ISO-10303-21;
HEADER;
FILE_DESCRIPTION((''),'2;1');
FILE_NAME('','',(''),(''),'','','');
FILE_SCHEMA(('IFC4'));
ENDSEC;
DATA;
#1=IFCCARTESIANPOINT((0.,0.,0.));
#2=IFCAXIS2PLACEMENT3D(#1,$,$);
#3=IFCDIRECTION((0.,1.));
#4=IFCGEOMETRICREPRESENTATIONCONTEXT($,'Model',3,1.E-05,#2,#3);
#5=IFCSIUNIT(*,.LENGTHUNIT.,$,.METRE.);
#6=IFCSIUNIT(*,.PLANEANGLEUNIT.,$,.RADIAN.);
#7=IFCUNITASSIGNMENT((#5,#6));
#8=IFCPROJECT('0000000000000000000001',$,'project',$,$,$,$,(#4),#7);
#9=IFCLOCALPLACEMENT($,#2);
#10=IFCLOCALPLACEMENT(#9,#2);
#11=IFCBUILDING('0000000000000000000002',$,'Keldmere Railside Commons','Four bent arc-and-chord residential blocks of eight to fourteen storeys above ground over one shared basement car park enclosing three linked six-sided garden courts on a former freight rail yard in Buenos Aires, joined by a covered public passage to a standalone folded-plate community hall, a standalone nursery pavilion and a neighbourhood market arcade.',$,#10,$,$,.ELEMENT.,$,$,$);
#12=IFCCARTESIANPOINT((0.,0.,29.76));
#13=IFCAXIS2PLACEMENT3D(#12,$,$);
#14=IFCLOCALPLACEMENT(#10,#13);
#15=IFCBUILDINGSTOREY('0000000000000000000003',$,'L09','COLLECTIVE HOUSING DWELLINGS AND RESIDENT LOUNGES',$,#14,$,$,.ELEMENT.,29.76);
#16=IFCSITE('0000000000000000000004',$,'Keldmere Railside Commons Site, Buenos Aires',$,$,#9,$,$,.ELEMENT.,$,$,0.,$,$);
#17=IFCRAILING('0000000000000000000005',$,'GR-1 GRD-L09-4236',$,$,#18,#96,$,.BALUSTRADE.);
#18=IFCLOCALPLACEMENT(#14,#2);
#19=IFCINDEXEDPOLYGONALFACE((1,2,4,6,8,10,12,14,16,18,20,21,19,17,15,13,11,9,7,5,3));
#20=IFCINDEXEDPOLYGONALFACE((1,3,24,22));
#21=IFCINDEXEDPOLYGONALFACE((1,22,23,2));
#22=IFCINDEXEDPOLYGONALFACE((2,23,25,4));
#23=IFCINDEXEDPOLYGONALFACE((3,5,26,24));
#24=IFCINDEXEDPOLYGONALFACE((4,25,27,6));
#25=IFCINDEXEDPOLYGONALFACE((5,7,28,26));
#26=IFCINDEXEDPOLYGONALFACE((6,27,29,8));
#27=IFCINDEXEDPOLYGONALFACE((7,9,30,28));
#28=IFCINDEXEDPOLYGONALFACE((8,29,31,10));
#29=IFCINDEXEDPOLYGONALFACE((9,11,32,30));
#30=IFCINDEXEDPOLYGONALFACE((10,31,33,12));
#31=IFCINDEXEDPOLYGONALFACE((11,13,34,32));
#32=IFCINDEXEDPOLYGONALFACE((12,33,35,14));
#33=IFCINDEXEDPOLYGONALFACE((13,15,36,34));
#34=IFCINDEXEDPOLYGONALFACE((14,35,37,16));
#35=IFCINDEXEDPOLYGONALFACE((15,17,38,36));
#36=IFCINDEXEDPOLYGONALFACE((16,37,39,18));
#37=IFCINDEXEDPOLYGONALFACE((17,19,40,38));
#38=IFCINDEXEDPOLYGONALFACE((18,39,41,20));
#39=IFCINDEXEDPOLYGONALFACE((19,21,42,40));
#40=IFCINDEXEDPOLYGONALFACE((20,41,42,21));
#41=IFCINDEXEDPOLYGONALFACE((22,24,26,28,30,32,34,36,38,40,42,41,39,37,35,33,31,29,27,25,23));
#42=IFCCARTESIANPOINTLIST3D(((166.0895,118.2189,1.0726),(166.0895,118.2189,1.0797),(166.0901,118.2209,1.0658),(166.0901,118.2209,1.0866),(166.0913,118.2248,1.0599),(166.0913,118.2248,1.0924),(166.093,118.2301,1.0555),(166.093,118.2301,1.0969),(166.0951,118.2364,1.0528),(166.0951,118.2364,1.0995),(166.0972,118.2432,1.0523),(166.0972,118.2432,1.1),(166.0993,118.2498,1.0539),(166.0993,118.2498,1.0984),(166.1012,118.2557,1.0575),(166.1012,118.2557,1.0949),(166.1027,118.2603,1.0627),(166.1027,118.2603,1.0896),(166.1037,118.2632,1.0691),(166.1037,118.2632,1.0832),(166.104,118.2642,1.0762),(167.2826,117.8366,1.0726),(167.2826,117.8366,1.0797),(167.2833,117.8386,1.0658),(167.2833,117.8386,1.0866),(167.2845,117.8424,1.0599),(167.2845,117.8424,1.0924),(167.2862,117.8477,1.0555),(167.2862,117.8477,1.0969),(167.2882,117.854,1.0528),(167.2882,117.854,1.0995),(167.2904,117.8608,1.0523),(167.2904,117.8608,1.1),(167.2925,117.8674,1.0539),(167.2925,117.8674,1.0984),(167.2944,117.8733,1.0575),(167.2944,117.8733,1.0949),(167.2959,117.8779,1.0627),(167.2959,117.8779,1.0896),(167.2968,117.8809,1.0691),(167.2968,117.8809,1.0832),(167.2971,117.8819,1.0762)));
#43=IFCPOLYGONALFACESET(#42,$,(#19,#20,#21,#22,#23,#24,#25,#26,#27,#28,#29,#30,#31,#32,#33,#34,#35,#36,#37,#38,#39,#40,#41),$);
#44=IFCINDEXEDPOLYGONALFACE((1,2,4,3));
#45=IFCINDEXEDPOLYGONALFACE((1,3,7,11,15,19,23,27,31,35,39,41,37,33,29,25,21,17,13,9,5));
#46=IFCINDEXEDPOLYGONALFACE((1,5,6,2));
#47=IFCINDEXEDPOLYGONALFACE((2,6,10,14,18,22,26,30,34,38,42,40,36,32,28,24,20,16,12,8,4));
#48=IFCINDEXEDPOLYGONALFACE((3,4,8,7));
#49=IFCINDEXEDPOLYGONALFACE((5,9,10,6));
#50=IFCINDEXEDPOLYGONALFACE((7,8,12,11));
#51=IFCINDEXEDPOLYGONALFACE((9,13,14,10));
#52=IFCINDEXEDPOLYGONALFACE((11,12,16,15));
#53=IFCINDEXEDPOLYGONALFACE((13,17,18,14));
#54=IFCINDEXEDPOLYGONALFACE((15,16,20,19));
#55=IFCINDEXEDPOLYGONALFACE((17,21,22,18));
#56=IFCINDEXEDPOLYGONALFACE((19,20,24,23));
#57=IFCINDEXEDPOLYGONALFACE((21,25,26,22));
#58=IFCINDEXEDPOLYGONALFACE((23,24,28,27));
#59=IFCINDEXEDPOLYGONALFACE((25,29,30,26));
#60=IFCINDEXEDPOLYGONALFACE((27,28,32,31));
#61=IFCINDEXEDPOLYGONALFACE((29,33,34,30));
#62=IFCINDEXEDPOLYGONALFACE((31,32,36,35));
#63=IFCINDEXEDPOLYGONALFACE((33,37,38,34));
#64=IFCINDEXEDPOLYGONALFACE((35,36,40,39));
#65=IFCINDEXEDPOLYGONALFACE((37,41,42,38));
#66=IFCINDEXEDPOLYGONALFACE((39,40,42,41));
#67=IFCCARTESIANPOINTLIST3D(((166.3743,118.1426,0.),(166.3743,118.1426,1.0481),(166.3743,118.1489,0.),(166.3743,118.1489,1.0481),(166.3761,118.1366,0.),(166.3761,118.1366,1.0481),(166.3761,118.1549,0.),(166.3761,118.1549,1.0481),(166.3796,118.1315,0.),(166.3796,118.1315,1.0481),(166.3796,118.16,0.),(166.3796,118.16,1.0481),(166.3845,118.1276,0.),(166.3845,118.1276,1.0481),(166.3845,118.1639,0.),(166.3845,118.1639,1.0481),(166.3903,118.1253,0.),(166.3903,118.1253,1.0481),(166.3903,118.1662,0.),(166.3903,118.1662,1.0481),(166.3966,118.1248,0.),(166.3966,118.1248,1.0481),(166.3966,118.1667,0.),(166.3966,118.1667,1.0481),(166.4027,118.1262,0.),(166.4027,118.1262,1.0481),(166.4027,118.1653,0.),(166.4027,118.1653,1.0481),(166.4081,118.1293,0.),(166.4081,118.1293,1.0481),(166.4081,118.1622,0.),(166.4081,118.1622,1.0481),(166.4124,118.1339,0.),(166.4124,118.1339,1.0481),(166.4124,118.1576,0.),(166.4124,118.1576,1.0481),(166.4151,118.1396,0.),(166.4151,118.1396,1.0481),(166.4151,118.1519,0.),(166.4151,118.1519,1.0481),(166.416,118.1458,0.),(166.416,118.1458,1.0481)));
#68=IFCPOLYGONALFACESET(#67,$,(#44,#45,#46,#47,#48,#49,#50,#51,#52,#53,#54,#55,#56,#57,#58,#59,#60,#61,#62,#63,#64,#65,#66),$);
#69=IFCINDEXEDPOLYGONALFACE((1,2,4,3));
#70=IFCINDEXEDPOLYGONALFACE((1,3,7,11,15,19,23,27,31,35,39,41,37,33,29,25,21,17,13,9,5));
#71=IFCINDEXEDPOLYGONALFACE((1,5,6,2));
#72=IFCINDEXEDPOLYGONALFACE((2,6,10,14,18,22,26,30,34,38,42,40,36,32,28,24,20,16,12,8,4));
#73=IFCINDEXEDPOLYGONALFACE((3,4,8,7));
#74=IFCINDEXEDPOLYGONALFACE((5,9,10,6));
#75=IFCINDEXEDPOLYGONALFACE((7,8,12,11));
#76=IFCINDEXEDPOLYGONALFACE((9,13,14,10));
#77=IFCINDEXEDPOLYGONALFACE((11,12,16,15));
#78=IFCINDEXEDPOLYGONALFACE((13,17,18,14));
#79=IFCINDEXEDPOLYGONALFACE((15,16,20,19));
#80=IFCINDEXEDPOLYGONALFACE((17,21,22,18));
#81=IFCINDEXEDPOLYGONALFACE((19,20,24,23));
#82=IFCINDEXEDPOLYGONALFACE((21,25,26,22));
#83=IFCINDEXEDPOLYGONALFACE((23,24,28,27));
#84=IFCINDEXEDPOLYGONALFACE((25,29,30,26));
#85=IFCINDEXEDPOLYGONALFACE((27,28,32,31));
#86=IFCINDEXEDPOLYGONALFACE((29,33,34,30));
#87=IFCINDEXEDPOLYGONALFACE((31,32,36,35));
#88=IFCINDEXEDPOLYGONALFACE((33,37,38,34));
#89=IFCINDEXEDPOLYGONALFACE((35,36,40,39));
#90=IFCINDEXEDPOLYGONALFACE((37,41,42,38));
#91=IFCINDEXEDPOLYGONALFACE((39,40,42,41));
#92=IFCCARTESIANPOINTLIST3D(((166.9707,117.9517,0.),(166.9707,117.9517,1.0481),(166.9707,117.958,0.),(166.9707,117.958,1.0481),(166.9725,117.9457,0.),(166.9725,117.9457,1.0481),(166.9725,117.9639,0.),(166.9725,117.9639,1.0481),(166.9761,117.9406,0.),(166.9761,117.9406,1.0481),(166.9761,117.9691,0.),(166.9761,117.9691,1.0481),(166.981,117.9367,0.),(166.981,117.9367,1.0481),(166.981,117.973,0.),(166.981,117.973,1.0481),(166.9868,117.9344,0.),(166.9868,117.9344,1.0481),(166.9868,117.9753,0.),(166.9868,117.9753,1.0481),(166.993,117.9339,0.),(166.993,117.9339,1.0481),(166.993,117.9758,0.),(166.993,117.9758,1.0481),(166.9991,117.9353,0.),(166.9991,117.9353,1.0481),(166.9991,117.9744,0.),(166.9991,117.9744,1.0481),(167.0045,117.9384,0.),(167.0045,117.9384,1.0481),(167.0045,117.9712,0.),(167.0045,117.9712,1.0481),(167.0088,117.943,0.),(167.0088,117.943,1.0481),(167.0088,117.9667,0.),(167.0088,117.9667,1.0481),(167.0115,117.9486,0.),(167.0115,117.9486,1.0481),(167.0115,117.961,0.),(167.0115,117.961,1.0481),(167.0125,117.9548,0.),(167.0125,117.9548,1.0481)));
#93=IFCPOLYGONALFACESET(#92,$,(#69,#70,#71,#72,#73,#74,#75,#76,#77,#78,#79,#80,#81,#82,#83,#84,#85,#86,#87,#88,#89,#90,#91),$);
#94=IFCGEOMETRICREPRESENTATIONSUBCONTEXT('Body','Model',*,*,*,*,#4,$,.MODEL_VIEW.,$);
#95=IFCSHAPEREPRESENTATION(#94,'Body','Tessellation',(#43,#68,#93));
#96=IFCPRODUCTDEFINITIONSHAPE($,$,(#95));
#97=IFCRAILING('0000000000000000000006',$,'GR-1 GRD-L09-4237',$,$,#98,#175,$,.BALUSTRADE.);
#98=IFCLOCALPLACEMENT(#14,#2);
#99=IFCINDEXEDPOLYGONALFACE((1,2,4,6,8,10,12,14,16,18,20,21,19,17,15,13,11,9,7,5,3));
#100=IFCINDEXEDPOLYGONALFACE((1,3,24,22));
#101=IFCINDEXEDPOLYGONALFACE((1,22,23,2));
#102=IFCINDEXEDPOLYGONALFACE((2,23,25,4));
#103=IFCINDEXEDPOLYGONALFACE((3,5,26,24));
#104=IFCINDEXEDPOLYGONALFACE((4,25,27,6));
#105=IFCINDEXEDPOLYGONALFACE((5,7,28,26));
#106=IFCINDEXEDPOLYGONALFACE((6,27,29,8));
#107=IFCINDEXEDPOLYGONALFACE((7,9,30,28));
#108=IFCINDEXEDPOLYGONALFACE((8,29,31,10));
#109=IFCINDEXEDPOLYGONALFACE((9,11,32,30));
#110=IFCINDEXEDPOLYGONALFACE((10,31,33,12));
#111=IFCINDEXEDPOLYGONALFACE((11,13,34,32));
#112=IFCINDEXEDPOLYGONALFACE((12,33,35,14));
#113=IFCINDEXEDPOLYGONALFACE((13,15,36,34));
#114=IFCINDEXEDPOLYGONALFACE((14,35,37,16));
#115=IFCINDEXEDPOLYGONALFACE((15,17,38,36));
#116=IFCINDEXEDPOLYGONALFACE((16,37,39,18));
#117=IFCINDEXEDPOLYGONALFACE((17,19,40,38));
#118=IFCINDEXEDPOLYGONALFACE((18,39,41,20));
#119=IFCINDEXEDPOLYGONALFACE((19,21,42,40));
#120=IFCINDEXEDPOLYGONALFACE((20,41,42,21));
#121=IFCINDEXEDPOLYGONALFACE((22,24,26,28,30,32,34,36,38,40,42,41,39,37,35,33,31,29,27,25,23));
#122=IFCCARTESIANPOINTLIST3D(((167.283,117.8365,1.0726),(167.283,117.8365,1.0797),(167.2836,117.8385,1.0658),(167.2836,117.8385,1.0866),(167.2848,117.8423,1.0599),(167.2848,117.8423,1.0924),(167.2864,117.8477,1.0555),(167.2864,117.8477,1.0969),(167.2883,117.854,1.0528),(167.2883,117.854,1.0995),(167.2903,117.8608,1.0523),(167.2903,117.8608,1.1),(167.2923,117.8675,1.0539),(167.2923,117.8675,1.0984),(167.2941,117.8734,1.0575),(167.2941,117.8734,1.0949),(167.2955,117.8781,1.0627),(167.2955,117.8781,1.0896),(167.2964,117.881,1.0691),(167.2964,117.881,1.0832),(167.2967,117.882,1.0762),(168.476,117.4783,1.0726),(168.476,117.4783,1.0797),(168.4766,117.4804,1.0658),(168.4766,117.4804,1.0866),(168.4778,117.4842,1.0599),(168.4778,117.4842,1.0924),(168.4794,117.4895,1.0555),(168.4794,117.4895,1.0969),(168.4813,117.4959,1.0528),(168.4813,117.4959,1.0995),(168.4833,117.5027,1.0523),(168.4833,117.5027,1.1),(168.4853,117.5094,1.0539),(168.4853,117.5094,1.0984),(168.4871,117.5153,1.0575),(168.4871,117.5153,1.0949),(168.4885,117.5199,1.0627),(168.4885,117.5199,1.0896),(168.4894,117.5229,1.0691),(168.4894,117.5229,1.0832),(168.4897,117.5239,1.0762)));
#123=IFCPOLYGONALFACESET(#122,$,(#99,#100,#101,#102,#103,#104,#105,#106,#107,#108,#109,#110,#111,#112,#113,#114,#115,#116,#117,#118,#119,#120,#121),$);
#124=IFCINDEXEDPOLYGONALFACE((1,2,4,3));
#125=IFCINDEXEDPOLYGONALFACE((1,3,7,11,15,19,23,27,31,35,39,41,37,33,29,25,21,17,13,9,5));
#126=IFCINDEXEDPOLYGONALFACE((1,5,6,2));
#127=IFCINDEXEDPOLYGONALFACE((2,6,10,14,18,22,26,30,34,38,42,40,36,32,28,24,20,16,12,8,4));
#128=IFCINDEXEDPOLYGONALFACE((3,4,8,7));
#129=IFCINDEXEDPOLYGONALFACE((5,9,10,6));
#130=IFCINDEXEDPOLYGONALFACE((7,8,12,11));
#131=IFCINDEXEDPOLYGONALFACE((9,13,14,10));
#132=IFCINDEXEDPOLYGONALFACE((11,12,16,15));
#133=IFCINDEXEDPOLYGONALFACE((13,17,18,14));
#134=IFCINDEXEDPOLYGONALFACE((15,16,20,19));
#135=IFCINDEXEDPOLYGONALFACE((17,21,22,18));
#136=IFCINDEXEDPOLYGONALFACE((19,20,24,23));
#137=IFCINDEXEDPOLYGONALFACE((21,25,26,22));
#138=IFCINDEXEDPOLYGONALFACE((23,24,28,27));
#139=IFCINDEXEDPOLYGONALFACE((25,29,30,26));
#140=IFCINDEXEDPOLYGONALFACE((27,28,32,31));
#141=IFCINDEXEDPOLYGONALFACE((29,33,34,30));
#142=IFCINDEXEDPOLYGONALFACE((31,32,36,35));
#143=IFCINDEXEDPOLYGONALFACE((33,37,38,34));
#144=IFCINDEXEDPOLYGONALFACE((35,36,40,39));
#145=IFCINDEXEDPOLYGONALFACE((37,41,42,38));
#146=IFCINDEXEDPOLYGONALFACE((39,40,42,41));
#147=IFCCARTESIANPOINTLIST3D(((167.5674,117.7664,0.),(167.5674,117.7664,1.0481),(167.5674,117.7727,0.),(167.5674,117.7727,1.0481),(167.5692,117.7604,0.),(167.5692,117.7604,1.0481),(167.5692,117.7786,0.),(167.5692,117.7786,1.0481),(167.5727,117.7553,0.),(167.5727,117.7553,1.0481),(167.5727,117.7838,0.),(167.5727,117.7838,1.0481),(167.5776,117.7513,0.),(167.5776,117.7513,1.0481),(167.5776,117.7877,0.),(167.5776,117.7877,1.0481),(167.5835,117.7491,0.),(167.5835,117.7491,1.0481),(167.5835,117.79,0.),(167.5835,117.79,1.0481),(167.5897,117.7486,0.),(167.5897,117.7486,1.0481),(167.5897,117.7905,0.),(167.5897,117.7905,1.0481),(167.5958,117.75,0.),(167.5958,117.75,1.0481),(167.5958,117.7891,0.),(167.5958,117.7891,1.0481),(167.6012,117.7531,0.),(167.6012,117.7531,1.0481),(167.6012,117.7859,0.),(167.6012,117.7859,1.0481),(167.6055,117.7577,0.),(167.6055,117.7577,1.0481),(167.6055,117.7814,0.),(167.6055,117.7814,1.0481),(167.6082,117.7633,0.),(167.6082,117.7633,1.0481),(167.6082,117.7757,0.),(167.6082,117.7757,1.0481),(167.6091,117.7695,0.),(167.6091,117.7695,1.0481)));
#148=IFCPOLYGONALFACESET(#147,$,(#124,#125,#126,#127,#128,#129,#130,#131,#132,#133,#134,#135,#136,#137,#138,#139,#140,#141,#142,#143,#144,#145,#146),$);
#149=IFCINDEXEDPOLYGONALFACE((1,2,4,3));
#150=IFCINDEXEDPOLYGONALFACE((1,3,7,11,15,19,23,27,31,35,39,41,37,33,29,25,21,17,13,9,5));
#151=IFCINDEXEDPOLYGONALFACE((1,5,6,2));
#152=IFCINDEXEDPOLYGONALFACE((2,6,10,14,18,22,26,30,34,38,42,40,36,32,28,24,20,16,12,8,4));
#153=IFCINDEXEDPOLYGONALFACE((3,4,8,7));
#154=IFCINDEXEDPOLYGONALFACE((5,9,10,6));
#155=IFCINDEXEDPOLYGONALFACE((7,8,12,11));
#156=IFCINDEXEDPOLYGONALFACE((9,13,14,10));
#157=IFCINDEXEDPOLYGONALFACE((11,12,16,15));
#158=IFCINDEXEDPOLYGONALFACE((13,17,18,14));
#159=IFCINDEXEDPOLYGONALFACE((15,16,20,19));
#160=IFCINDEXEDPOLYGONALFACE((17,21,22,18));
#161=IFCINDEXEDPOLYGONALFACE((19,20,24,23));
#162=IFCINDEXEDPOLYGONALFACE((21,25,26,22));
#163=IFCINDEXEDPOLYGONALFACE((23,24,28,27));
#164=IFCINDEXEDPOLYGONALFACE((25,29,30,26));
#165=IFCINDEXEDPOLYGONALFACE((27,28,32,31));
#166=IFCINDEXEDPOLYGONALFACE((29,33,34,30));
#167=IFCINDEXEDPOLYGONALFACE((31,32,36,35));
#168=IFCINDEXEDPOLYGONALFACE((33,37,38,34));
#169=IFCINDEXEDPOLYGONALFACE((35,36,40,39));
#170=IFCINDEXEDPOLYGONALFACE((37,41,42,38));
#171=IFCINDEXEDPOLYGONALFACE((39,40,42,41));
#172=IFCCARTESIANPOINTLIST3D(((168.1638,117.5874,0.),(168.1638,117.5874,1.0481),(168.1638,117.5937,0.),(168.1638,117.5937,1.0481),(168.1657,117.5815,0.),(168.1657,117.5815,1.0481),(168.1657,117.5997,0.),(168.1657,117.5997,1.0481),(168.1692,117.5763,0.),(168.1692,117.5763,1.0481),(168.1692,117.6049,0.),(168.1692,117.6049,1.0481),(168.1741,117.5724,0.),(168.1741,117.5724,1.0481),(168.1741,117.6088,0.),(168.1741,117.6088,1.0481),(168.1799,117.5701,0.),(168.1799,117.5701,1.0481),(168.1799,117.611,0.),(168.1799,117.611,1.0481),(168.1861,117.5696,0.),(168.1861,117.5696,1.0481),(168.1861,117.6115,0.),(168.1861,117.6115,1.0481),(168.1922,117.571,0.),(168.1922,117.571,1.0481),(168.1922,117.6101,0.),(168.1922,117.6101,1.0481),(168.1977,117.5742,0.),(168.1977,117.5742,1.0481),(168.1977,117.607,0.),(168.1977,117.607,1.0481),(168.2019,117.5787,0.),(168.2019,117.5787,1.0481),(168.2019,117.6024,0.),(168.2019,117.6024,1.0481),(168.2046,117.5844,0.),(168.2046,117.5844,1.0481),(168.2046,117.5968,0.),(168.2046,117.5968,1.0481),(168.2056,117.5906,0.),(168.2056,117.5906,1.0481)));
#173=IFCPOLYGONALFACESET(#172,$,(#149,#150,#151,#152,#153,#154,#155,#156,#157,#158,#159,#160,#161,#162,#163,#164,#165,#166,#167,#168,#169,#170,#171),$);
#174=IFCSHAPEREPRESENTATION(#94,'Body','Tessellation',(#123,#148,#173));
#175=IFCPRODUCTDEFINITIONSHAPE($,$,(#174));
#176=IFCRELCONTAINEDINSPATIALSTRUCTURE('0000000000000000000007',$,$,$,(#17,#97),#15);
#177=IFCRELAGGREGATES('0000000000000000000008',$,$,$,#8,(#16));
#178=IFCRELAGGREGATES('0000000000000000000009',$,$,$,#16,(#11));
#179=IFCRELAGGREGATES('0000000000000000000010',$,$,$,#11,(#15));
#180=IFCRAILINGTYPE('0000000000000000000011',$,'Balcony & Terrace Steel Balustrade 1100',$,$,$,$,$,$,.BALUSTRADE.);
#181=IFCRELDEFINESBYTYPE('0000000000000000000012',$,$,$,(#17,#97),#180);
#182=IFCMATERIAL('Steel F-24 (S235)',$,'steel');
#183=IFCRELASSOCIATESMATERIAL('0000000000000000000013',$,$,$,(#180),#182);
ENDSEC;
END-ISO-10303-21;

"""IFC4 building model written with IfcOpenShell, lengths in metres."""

from ifc_helpers import new_model, si_unit, direction, frame, origin, origin_2d, place, context, subcontext, project, spatial, circle, extrude, material, type_object, element, save


model = new_model("IFC4")

# Units and contexts
model_context = context("Model", 3, precision=1e-05, world=origin(), true_north=direction((0.0, 1.0)))
body_context = subcontext(model_context, "Body", "Model", "MODEL_VIEW")
ifc_project = project(units=[si_unit("LENGTHUNIT", "METRE"), si_unit("PLANEANGLEUNIT", "RADIAN")], contexts=[model_context])

# Site, building, storey
site_placement = place(None, origin())
site = spatial("IfcSite", under=ifc_project, at=site_placement, Name="Keldmere Railside Commons Site, Buenos Aires", CompositionType="ELEMENT", RefElevation=0.0)
building_placement = place(site_placement, origin())
building = spatial("IfcBuilding", under=site, at=building_placement, Name="Keldmere Railside Commons", Description="Four bent arc-and-chord residential blocks of eight to fourteen storeys above ground over one shared basement car park enclosing three linked six-sided garden courts on a former freight rail yard in Buenos Aires, joined by a covered public passage to a standalone folded-plate community hall, a standalone nursery pavilion and a neighbourhood market arcade.", CompositionType="ELEMENT")
storey_placement = place(building_placement, frame((0.0, 0.0, 29.76)))
storey = spatial("IfcBuildingStorey", under=building, at=storey_placement, Name="L09", Description="COLLECTIVE HOUSING DWELLINGS AND RESIDENT LOUNGES", CompositionType="ELEMENT", Elevation=29.76)

# Railings
ifc_material_1 = material(Name="Steel F-24 (S235)", Category="steel")
railing_type = type_object("IfcRailingType", Name="Balcony & Terrace Steel Balustrade 1100", PredefinedType="BALUSTRADE", material=ifc_material_1)
railing_1_placement = place(storey_placement, frame((166.0967, 118.2415, 0.0)))
element("IfcRailing", 1, at=railing_1_placement, inside=storey, type_object=railing_type, Name="GR-1 GRD-L09-4236", PredefinedType="BALUSTRADE", context=body_context, shape_type="SweptSolid", body=[
    extrude(circle(Radius=0.0239, at=origin_2d()), frame((0.0, 0.0, 1.0762), z_axis=(0.952302, -0.305158, 0.0), x_axis=(0.305158, 0.952302, 0.0)), (0.0, 0.0, 1.0), 1.2529),
    extrude(circle(Radius=0.021, at=origin_2d()), frame((0.2983, -0.0957, 0.0)), (0.0, 0.0, 1.0), 1.0481),
    extrude(circle(Radius=0.021, at=origin_2d()), frame((0.8948, -0.2866, 0.0)), (0.0, 0.0, 1.0), 1.0481),
])
railing_2_placement = place(storey_placement, frame((167.2898, 117.8591, 0.0)))
element("IfcRailing", 2, at=railing_2_placement, inside=storey, type_object=railing_type, Name="GR-1 GRD-L09-4237", PredefinedType="BALUSTRADE", context=body_context, shape_type="SweptSolid", body=[
    extrude(circle(Radius=0.0239, at=origin_2d()), frame((0.0, 0.0, 1.0762), z_axis=(0.957778, -0.28751, 0.0), x_axis=(0.28751, 0.957778, 0.0)), (0.0, 0.0, 1.0), 1.2456),
    extrude(circle(Radius=0.021, at=origin_2d()), frame((0.2983, -0.0896, 0.0)), (0.0, 0.0, 1.0), 1.0481),
    extrude(circle(Radius=0.021, at=origin_2d()), frame((0.8948, -0.2686, 0.0)), (0.0, 0.0, 1.0), 1.0481),
])

save(model, "model.ifc")
